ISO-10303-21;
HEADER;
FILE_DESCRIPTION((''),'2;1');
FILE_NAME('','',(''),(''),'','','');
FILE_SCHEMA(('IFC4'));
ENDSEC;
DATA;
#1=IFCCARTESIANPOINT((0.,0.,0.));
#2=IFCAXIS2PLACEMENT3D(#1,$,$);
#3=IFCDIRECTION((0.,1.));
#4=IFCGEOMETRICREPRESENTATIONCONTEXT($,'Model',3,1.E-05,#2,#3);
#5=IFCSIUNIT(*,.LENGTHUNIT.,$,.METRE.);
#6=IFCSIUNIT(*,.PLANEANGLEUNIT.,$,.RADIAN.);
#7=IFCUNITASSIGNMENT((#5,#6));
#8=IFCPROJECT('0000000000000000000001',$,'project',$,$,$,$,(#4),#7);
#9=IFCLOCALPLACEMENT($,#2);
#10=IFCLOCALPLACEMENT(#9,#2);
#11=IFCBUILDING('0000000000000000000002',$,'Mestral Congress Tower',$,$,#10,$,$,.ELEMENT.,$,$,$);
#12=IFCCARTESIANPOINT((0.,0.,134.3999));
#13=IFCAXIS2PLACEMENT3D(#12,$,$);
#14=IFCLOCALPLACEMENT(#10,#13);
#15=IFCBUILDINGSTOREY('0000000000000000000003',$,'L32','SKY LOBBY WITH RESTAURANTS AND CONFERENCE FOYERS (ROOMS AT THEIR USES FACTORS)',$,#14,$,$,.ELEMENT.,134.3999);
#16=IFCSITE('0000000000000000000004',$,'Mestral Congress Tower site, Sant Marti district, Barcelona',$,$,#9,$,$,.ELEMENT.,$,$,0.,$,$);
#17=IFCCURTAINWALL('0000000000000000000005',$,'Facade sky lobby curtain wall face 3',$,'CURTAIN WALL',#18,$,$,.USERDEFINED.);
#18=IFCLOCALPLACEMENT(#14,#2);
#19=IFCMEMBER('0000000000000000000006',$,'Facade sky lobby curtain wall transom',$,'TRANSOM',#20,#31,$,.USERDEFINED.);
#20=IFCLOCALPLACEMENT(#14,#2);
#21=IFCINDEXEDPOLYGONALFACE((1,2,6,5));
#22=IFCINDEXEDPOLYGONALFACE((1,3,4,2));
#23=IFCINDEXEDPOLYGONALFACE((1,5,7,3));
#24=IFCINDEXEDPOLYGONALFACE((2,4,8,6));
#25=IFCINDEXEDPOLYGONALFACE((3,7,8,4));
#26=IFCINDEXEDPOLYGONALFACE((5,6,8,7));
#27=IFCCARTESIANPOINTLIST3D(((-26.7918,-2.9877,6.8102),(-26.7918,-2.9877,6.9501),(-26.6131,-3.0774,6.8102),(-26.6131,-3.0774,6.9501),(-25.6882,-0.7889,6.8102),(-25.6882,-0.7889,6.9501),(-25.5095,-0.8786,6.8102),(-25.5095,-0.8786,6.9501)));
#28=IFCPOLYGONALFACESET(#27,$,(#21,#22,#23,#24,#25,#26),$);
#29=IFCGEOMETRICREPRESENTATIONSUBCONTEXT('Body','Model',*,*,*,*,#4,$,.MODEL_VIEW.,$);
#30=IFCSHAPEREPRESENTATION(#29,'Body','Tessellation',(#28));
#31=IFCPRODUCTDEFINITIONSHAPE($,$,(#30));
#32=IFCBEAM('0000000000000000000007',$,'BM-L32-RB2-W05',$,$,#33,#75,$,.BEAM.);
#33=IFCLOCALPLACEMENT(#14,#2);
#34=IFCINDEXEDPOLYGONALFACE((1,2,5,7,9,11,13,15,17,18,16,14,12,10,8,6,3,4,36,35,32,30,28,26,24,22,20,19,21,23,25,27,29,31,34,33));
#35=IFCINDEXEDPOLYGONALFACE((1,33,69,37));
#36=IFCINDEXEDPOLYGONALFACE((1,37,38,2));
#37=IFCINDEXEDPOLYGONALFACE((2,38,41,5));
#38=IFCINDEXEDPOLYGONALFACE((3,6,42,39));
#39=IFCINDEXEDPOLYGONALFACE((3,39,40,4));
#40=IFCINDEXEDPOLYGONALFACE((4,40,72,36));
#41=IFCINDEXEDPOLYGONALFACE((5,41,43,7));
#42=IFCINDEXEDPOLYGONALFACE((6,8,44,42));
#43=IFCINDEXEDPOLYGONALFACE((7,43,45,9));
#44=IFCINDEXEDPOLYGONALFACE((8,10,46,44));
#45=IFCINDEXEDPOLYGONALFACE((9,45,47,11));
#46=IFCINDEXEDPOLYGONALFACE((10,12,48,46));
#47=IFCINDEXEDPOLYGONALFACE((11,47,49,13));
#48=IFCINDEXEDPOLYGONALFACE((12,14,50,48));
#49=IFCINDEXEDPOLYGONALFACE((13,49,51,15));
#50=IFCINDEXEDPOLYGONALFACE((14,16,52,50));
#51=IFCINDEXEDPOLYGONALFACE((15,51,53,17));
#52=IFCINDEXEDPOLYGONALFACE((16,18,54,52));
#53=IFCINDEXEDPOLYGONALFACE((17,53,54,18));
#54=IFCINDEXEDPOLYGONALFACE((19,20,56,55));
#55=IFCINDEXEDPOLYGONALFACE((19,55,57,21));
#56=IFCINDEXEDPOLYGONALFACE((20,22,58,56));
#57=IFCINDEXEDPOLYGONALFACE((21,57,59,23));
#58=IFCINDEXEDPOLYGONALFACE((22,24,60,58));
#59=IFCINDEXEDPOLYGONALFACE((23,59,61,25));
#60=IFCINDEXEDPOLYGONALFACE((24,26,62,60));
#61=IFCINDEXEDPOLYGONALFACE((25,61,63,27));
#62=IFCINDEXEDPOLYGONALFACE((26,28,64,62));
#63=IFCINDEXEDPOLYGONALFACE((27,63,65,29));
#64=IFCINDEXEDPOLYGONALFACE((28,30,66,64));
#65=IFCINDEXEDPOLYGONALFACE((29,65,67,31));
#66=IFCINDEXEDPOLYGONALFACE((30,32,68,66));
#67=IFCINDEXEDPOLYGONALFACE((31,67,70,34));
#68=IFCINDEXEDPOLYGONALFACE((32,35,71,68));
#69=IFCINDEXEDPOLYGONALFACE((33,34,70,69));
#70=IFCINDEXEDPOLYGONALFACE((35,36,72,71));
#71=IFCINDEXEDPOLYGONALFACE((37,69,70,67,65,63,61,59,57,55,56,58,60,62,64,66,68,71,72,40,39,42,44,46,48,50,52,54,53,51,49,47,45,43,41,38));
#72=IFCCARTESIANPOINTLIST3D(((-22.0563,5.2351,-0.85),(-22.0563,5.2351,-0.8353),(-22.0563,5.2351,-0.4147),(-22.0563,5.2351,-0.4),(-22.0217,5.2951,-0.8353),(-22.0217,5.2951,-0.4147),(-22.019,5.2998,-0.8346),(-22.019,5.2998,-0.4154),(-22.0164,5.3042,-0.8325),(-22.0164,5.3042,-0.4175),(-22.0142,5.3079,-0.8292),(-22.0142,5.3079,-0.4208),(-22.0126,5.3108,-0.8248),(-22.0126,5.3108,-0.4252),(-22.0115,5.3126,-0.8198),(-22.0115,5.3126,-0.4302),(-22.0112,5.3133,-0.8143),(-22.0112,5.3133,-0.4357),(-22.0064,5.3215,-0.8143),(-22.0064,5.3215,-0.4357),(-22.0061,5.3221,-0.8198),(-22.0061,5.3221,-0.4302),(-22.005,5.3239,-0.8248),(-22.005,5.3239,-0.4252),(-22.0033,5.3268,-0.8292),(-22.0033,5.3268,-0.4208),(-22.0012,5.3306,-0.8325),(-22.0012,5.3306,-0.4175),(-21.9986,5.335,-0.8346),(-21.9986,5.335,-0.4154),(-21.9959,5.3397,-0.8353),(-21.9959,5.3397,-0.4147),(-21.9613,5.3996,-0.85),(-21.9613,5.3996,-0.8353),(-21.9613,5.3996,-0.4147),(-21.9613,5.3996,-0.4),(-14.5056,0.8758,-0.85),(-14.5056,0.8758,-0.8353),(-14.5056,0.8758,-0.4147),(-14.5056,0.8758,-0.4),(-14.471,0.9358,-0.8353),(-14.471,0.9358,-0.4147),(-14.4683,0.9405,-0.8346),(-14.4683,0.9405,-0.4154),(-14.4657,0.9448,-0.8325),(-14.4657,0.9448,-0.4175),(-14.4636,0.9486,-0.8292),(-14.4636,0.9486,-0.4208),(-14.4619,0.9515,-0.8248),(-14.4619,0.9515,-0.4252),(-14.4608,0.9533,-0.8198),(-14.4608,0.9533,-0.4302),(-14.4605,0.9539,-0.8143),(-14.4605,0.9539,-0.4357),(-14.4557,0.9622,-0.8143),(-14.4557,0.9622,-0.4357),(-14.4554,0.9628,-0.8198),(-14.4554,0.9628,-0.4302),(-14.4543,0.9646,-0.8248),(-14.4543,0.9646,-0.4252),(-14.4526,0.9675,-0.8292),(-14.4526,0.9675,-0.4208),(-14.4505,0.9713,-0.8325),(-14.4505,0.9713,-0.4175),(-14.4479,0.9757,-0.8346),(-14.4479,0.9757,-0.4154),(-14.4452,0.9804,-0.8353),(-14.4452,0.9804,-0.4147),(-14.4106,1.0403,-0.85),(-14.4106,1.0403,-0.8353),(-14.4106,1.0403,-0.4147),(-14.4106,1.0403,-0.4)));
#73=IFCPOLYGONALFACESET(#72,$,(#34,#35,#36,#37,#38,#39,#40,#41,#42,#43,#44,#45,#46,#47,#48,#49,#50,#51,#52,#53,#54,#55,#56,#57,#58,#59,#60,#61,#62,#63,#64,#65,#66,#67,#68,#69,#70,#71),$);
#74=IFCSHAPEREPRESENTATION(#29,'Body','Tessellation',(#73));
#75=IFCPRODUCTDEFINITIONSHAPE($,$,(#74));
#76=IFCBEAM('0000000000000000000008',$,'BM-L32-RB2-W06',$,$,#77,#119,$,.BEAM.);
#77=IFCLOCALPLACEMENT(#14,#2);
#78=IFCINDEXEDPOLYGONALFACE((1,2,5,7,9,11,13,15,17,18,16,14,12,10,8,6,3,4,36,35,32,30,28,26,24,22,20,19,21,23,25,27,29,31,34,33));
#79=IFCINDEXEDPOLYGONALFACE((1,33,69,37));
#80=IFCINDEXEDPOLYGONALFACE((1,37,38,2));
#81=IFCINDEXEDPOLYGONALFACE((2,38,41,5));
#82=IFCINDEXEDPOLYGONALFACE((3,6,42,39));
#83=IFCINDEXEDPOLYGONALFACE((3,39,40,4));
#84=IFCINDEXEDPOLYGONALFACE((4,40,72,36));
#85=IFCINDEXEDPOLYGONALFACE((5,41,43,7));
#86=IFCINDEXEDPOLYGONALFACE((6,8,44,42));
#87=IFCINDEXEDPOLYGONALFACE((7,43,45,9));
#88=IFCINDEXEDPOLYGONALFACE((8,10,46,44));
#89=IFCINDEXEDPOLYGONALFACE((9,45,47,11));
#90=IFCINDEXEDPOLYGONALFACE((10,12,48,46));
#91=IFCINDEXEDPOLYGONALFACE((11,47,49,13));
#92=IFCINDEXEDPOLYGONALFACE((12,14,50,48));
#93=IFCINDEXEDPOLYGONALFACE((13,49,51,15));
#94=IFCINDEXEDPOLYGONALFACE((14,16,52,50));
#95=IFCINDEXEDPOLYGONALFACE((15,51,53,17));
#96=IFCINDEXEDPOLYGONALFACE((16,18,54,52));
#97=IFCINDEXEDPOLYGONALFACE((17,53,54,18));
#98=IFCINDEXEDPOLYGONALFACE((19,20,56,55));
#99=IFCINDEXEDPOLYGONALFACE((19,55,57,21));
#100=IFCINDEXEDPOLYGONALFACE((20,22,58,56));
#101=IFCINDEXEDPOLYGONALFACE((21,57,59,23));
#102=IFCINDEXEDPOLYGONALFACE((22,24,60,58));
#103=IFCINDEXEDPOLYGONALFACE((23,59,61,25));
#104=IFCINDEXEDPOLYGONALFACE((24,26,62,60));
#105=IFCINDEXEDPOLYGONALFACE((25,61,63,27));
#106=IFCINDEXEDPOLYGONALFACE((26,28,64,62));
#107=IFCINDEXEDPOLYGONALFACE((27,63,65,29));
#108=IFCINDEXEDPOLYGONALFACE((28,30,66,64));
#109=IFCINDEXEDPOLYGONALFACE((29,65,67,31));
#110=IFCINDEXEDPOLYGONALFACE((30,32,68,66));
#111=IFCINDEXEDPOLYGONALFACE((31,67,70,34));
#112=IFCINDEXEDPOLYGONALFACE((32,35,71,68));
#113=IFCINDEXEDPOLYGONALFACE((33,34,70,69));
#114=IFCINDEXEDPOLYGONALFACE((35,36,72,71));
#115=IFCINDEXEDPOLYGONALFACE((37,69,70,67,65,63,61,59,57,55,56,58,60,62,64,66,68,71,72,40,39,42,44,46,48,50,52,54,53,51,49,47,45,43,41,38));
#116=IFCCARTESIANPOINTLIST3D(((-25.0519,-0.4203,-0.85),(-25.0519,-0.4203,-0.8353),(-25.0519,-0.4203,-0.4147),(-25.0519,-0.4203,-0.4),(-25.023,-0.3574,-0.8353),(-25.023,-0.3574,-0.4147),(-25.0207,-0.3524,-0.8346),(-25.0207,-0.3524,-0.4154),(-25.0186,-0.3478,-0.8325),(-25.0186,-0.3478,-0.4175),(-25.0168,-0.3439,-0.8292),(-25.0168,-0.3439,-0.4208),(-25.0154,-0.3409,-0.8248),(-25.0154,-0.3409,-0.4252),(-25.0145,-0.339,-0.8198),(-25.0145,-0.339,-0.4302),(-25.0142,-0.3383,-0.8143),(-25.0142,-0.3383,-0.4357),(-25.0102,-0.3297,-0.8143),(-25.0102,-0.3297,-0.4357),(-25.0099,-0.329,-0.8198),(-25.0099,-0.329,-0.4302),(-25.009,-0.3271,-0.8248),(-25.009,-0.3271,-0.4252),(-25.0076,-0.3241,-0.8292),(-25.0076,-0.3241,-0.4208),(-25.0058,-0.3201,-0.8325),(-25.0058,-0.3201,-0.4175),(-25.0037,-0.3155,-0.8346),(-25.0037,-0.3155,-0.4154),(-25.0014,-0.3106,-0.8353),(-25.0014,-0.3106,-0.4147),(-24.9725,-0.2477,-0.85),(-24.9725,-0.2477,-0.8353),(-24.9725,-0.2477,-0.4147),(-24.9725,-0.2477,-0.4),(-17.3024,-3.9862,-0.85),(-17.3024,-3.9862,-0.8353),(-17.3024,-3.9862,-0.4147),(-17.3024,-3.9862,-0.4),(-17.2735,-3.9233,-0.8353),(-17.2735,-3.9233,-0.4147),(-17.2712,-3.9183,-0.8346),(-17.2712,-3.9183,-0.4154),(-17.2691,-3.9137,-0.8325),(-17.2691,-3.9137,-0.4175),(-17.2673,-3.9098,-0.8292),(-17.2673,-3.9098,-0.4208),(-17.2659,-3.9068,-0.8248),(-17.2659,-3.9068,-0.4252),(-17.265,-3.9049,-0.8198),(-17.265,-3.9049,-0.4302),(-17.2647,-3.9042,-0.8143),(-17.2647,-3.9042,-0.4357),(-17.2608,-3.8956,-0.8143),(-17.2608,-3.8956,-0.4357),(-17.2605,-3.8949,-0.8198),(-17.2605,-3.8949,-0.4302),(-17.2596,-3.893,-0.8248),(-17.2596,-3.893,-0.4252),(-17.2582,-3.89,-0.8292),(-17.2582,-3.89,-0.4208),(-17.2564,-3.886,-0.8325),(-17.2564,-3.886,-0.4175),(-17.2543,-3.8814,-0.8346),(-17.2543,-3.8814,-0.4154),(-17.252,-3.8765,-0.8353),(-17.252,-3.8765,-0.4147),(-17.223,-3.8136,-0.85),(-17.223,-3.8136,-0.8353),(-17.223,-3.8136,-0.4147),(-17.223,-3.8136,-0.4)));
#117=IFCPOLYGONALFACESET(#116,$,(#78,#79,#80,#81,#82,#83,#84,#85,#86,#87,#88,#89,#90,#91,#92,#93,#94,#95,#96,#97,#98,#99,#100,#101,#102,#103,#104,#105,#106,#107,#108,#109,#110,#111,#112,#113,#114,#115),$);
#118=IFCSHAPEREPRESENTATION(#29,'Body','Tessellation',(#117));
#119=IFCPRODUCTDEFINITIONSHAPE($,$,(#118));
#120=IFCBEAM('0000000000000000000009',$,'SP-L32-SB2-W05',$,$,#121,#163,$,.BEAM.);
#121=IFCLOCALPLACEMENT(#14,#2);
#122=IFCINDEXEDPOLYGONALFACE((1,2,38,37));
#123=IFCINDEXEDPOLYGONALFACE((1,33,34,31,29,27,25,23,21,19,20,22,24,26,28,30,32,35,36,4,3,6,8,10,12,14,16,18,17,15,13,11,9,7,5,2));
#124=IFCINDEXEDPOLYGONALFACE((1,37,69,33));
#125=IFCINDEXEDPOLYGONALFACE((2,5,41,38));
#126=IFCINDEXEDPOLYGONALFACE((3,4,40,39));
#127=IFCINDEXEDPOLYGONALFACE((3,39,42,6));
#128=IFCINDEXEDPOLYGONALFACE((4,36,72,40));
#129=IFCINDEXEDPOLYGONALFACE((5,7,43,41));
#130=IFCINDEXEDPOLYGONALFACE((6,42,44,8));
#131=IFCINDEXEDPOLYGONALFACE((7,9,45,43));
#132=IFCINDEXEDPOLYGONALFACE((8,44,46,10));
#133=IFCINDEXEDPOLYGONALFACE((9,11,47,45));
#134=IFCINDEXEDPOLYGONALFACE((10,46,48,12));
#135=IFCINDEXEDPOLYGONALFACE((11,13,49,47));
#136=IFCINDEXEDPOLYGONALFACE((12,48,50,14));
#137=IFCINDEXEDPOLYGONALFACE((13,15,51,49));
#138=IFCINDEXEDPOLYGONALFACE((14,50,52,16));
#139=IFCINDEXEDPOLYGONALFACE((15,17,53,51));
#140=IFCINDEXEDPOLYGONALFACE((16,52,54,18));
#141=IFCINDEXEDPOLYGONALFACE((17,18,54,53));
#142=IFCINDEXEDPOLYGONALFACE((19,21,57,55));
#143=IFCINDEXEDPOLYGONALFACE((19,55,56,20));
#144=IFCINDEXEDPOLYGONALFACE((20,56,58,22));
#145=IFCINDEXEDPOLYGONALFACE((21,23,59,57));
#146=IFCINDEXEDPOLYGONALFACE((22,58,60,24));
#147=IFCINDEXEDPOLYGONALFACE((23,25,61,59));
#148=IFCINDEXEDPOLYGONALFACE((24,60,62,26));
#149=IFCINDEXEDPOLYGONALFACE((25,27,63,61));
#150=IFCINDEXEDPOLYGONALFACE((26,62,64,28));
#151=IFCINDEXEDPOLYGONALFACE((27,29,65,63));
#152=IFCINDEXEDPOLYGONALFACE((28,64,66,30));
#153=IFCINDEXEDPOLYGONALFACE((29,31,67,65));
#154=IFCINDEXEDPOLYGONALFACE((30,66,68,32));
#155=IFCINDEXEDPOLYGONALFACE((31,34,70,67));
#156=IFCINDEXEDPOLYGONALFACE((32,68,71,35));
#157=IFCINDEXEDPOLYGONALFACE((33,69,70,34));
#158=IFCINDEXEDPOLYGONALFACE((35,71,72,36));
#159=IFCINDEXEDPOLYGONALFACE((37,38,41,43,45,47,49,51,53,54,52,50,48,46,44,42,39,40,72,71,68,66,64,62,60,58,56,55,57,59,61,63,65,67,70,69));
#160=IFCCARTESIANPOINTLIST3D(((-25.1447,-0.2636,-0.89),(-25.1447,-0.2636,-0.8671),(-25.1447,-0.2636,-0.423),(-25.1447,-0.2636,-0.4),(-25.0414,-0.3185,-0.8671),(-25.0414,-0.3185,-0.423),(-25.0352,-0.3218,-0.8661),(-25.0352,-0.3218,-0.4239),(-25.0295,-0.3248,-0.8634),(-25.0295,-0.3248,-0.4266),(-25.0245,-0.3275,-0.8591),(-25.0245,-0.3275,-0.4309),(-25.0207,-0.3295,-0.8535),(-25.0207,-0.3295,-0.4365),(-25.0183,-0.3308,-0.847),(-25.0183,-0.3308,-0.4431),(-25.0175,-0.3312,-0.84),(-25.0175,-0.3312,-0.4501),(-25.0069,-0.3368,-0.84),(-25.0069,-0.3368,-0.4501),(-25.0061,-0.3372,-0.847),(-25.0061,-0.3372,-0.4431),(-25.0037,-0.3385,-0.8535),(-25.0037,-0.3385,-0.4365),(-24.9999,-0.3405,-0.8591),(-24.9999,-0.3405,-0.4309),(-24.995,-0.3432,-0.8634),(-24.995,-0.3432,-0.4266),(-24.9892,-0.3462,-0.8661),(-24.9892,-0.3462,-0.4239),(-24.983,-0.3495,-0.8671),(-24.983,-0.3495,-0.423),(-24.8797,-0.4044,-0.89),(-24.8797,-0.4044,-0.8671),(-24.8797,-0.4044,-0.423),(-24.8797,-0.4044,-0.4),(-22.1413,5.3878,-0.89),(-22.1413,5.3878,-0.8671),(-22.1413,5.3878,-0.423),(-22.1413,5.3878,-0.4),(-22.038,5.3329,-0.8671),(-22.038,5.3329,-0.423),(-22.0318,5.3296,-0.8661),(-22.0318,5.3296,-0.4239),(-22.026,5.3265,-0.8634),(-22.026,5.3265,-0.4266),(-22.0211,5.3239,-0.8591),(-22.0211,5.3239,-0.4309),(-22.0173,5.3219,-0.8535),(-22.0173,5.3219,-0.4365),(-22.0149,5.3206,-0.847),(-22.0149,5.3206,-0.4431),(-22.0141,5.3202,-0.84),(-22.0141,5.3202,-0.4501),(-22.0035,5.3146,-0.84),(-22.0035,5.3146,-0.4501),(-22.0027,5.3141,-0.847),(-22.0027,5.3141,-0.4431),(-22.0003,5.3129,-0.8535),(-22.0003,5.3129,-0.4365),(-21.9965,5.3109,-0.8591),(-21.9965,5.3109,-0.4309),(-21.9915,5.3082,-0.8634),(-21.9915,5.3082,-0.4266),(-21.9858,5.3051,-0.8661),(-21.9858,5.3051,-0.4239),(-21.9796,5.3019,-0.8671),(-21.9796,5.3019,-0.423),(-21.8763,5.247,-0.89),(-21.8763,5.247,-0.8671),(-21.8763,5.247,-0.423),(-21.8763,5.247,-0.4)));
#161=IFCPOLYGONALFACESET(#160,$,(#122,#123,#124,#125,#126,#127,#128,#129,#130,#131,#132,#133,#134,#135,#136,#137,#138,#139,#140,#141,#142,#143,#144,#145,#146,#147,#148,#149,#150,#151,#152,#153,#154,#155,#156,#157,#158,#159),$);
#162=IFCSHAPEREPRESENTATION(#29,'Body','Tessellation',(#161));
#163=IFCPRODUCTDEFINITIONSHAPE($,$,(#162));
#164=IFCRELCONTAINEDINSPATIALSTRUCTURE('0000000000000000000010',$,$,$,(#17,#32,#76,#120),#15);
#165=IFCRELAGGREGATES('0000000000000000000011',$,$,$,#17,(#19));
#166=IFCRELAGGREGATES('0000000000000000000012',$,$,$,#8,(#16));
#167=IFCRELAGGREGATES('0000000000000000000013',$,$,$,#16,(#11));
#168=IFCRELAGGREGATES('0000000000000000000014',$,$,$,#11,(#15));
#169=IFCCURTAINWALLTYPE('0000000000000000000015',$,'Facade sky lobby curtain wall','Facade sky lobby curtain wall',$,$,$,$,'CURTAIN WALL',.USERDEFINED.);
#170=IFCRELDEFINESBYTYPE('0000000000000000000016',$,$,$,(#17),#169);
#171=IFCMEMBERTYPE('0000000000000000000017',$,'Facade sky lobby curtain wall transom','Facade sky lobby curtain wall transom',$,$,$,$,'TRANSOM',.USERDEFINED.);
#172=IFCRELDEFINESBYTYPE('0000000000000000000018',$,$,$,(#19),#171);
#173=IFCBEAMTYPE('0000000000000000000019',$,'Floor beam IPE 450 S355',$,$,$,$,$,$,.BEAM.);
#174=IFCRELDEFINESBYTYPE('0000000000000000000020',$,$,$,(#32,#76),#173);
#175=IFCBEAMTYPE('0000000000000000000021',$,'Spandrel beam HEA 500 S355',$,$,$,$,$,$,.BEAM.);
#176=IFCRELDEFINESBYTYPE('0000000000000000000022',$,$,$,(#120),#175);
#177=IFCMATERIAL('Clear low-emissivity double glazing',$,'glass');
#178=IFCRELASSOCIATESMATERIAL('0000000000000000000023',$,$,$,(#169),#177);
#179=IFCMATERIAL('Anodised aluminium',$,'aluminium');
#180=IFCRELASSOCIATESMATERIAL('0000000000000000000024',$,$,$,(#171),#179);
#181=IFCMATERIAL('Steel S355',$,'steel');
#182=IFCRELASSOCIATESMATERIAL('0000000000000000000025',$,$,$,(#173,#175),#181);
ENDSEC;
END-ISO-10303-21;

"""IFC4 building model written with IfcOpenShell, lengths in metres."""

from ifc_helpers import new_model, si_unit, direction, frame, origin, origin_2d, place, context, subcontext, project, spatial, rectangle, i_section, extrude, material, material_profile, profile_set, type_object, element, aggregate, save


model = new_model("IFC4")

# Units and contexts
model_context = context("Model", 3, precision=1e-05, world=origin(), true_north=direction((0.0, 1.0)))
body_context = subcontext(model_context, "Body", "Model", "MODEL_VIEW")
ifc_project = project(units=[si_unit("LENGTHUNIT", "METRE"), si_unit("PLANEANGLEUNIT", "RADIAN")], contexts=[model_context])

# Site, building, storey
site_placement = place(None, origin())
site = spatial("IfcSite", under=ifc_project, at=site_placement, Name="Mestral Congress Tower site, Sant Marti district, Barcelona", CompositionType="ELEMENT", RefElevation=0.0)
building_placement = place(site_placement, origin())
building = spatial("IfcBuilding", under=site, at=building_placement, Name="Mestral Congress Tower", CompositionType="ELEMENT")
storey_placement = place(building_placement, frame((0.0, 0.0, 134.3999)))
storey = spatial("IfcBuildingStorey", under=building, at=storey_placement, Name="L32", Description="SKY LOBBY WITH RESTAURANTS AND CONFERENCE FOYERS (ROOMS AT THEIR USES FACTORS)", CompositionType="ELEMENT", Elevation=134.3999)

# Shared definitions
ifc_material_1 = material(Name="Steel S355", Category="steel")

# Curtain wall, member
ifc_material_2 = material(Name="Clear low-emissivity double glazing", Category="glass")
curtain_wall_type = type_object("IfcCurtainWallType", Name="Facade sky lobby curtain wall", Description="Facade sky lobby curtain wall", ElementType="CURTAIN WALL", PredefinedType="USERDEFINED", material=ifc_material_2)
curtain_wall_placement = place(storey_placement, origin())
curtain_wall = element("IfcCurtainWall", 1, at=curtain_wall_placement, inside=storey, type_object=curtain_wall_type, Name="Facade sky lobby curtain wall face 3", ObjectType="CURTAIN WALL", PredefinedType="USERDEFINED")
ifc_material_3 = material(Name="Anodised aluminium", Category="aluminium")
ifc_material_profile_1 = material_profile(ifc_material_3, rectangle(XDim=0.2, YDim=0.1399, at=origin_2d()), Name="CW1 transom 200 x 140")
ifc_profile_set_1 = profile_set([ifc_material_profile_1], Name="Anodised aluminium")
member_type_1 = type_object("IfcMemberType", Name="Facade sky lobby curtain wall transom", Description="Facade sky lobby curtain wall transom", ElementType="TRANSOM", PredefinedType="USERDEFINED", material=ifc_profile_set_1)
member_1_placement = place(storey_placement, frame((-25.5989, -0.8337, 6.8801), z_axis=(-0.448563, -0.893751, 0.0), x_axis=(0.893751, -0.448563, 0.0)))
member_1 = element("IfcMember", 2, at=member_1_placement, type_object=member_type_1, Name="Facade sky lobby curtain wall transom", ObjectType="TRANSOM", PredefinedType="USERDEFINED", context=body_context, shape_type="SweptSolid", body=[
    extrude(rectangle(XDim=0.2, YDim=0.1399, at=origin_2d()), origin(), (0.0, 0.0, 1.0), 2.4602),
])

# Beams
ifc_material_profile_2 = material_profile(ifc_material_1, i_section(OverallWidth=0.1899, OverallDepth=0.45, WebThickness=0.0095, FlangeThickness=0.0146, FilletRadius=0.021, at=origin_2d()), Name="IPE 450")
ifc_profile_set_2 = profile_set([ifc_material_profile_2], Name="Steel S355")
beam_type_1 = type_object("IfcBeamType", Name="Floor beam IPE 450 S355", PredefinedType="BEAM", material=ifc_profile_set_2)
beam_1_placement = place(storey_placement, frame((-22.0088, 5.3174, -0.625), z_axis=(0.866029, -0.499994, 0.0), x_axis=(0.499994, 0.866029, 0.0)))
element("IfcBeam", 3, at=beam_1_placement, inside=storey, type_object=beam_type_1, Name="BM-L32-RB2-W05", PredefinedType="BEAM", context=body_context, shape_type="SweptSolid", body=[
    extrude(i_section(OverallWidth=0.1899, OverallDepth=0.45, WebThickness=0.0095, FlangeThickness=0.0146, FilletRadius=0.021, at=origin_2d()), origin(), (0.0, 0.0, 1.0), 8.7188),
])
beam_2_placement = place(storey_placement, frame((-25.0122, -0.334, -0.625), z_axis=(0.90844, -0.418016, 0.0), x_axis=(0.418016, 0.90844, 0.0)))
element("IfcBeam", 4, at=beam_2_placement, inside=storey, type_object=beam_type_1, Name="BM-L32-RB2-W06", PredefinedType="BEAM", context=body_context, shape_type="SweptSolid", body=[
    extrude(i_section(OverallWidth=0.1899, OverallDepth=0.45, WebThickness=0.0095, FlangeThickness=0.0146, FilletRadius=0.021, at=origin_2d()), origin(), (0.0, 0.0, 1.0), 8.5305),
])
ifc_material_profile_3 = material_profile(ifc_material_1, i_section(OverallWidth=0.3, OverallDepth=0.49, WebThickness=0.012, FlangeThickness=0.0229, FilletRadius=0.0271, at=origin_2d()), Name="HEA 500")
ifc_profile_set_3 = profile_set([ifc_material_profile_3], Name="Steel S355")
beam_type_2 = type_object("IfcBeamType", Name="Spandrel beam HEA 500 S355", PredefinedType="BEAM", material=ifc_profile_set_3)
beam_3_placement = place(storey_placement, frame((-22.0088, 5.3174, -0.645), z_axis=(-0.469293, -0.883043, 0.0), x_axis=(0.883043, -0.469293, 0.0)))
element("IfcBeam", 5, at=beam_3_placement, inside=storey, type_object=beam_type_2, Name="SP-L32-SB2-W05", PredefinedType="BEAM", context=body_context, shape_type="SweptSolid", body=[
    extrude(i_section(OverallWidth=0.3, OverallDepth=0.49, WebThickness=0.012, FlangeThickness=0.0229, FilletRadius=0.0271, at=origin_2d()), origin(), (0.0, 0.0, 1.0), 6.3999),
])

aggregate(curtain_wall, [member_1])

save(model, "model.ifc")
